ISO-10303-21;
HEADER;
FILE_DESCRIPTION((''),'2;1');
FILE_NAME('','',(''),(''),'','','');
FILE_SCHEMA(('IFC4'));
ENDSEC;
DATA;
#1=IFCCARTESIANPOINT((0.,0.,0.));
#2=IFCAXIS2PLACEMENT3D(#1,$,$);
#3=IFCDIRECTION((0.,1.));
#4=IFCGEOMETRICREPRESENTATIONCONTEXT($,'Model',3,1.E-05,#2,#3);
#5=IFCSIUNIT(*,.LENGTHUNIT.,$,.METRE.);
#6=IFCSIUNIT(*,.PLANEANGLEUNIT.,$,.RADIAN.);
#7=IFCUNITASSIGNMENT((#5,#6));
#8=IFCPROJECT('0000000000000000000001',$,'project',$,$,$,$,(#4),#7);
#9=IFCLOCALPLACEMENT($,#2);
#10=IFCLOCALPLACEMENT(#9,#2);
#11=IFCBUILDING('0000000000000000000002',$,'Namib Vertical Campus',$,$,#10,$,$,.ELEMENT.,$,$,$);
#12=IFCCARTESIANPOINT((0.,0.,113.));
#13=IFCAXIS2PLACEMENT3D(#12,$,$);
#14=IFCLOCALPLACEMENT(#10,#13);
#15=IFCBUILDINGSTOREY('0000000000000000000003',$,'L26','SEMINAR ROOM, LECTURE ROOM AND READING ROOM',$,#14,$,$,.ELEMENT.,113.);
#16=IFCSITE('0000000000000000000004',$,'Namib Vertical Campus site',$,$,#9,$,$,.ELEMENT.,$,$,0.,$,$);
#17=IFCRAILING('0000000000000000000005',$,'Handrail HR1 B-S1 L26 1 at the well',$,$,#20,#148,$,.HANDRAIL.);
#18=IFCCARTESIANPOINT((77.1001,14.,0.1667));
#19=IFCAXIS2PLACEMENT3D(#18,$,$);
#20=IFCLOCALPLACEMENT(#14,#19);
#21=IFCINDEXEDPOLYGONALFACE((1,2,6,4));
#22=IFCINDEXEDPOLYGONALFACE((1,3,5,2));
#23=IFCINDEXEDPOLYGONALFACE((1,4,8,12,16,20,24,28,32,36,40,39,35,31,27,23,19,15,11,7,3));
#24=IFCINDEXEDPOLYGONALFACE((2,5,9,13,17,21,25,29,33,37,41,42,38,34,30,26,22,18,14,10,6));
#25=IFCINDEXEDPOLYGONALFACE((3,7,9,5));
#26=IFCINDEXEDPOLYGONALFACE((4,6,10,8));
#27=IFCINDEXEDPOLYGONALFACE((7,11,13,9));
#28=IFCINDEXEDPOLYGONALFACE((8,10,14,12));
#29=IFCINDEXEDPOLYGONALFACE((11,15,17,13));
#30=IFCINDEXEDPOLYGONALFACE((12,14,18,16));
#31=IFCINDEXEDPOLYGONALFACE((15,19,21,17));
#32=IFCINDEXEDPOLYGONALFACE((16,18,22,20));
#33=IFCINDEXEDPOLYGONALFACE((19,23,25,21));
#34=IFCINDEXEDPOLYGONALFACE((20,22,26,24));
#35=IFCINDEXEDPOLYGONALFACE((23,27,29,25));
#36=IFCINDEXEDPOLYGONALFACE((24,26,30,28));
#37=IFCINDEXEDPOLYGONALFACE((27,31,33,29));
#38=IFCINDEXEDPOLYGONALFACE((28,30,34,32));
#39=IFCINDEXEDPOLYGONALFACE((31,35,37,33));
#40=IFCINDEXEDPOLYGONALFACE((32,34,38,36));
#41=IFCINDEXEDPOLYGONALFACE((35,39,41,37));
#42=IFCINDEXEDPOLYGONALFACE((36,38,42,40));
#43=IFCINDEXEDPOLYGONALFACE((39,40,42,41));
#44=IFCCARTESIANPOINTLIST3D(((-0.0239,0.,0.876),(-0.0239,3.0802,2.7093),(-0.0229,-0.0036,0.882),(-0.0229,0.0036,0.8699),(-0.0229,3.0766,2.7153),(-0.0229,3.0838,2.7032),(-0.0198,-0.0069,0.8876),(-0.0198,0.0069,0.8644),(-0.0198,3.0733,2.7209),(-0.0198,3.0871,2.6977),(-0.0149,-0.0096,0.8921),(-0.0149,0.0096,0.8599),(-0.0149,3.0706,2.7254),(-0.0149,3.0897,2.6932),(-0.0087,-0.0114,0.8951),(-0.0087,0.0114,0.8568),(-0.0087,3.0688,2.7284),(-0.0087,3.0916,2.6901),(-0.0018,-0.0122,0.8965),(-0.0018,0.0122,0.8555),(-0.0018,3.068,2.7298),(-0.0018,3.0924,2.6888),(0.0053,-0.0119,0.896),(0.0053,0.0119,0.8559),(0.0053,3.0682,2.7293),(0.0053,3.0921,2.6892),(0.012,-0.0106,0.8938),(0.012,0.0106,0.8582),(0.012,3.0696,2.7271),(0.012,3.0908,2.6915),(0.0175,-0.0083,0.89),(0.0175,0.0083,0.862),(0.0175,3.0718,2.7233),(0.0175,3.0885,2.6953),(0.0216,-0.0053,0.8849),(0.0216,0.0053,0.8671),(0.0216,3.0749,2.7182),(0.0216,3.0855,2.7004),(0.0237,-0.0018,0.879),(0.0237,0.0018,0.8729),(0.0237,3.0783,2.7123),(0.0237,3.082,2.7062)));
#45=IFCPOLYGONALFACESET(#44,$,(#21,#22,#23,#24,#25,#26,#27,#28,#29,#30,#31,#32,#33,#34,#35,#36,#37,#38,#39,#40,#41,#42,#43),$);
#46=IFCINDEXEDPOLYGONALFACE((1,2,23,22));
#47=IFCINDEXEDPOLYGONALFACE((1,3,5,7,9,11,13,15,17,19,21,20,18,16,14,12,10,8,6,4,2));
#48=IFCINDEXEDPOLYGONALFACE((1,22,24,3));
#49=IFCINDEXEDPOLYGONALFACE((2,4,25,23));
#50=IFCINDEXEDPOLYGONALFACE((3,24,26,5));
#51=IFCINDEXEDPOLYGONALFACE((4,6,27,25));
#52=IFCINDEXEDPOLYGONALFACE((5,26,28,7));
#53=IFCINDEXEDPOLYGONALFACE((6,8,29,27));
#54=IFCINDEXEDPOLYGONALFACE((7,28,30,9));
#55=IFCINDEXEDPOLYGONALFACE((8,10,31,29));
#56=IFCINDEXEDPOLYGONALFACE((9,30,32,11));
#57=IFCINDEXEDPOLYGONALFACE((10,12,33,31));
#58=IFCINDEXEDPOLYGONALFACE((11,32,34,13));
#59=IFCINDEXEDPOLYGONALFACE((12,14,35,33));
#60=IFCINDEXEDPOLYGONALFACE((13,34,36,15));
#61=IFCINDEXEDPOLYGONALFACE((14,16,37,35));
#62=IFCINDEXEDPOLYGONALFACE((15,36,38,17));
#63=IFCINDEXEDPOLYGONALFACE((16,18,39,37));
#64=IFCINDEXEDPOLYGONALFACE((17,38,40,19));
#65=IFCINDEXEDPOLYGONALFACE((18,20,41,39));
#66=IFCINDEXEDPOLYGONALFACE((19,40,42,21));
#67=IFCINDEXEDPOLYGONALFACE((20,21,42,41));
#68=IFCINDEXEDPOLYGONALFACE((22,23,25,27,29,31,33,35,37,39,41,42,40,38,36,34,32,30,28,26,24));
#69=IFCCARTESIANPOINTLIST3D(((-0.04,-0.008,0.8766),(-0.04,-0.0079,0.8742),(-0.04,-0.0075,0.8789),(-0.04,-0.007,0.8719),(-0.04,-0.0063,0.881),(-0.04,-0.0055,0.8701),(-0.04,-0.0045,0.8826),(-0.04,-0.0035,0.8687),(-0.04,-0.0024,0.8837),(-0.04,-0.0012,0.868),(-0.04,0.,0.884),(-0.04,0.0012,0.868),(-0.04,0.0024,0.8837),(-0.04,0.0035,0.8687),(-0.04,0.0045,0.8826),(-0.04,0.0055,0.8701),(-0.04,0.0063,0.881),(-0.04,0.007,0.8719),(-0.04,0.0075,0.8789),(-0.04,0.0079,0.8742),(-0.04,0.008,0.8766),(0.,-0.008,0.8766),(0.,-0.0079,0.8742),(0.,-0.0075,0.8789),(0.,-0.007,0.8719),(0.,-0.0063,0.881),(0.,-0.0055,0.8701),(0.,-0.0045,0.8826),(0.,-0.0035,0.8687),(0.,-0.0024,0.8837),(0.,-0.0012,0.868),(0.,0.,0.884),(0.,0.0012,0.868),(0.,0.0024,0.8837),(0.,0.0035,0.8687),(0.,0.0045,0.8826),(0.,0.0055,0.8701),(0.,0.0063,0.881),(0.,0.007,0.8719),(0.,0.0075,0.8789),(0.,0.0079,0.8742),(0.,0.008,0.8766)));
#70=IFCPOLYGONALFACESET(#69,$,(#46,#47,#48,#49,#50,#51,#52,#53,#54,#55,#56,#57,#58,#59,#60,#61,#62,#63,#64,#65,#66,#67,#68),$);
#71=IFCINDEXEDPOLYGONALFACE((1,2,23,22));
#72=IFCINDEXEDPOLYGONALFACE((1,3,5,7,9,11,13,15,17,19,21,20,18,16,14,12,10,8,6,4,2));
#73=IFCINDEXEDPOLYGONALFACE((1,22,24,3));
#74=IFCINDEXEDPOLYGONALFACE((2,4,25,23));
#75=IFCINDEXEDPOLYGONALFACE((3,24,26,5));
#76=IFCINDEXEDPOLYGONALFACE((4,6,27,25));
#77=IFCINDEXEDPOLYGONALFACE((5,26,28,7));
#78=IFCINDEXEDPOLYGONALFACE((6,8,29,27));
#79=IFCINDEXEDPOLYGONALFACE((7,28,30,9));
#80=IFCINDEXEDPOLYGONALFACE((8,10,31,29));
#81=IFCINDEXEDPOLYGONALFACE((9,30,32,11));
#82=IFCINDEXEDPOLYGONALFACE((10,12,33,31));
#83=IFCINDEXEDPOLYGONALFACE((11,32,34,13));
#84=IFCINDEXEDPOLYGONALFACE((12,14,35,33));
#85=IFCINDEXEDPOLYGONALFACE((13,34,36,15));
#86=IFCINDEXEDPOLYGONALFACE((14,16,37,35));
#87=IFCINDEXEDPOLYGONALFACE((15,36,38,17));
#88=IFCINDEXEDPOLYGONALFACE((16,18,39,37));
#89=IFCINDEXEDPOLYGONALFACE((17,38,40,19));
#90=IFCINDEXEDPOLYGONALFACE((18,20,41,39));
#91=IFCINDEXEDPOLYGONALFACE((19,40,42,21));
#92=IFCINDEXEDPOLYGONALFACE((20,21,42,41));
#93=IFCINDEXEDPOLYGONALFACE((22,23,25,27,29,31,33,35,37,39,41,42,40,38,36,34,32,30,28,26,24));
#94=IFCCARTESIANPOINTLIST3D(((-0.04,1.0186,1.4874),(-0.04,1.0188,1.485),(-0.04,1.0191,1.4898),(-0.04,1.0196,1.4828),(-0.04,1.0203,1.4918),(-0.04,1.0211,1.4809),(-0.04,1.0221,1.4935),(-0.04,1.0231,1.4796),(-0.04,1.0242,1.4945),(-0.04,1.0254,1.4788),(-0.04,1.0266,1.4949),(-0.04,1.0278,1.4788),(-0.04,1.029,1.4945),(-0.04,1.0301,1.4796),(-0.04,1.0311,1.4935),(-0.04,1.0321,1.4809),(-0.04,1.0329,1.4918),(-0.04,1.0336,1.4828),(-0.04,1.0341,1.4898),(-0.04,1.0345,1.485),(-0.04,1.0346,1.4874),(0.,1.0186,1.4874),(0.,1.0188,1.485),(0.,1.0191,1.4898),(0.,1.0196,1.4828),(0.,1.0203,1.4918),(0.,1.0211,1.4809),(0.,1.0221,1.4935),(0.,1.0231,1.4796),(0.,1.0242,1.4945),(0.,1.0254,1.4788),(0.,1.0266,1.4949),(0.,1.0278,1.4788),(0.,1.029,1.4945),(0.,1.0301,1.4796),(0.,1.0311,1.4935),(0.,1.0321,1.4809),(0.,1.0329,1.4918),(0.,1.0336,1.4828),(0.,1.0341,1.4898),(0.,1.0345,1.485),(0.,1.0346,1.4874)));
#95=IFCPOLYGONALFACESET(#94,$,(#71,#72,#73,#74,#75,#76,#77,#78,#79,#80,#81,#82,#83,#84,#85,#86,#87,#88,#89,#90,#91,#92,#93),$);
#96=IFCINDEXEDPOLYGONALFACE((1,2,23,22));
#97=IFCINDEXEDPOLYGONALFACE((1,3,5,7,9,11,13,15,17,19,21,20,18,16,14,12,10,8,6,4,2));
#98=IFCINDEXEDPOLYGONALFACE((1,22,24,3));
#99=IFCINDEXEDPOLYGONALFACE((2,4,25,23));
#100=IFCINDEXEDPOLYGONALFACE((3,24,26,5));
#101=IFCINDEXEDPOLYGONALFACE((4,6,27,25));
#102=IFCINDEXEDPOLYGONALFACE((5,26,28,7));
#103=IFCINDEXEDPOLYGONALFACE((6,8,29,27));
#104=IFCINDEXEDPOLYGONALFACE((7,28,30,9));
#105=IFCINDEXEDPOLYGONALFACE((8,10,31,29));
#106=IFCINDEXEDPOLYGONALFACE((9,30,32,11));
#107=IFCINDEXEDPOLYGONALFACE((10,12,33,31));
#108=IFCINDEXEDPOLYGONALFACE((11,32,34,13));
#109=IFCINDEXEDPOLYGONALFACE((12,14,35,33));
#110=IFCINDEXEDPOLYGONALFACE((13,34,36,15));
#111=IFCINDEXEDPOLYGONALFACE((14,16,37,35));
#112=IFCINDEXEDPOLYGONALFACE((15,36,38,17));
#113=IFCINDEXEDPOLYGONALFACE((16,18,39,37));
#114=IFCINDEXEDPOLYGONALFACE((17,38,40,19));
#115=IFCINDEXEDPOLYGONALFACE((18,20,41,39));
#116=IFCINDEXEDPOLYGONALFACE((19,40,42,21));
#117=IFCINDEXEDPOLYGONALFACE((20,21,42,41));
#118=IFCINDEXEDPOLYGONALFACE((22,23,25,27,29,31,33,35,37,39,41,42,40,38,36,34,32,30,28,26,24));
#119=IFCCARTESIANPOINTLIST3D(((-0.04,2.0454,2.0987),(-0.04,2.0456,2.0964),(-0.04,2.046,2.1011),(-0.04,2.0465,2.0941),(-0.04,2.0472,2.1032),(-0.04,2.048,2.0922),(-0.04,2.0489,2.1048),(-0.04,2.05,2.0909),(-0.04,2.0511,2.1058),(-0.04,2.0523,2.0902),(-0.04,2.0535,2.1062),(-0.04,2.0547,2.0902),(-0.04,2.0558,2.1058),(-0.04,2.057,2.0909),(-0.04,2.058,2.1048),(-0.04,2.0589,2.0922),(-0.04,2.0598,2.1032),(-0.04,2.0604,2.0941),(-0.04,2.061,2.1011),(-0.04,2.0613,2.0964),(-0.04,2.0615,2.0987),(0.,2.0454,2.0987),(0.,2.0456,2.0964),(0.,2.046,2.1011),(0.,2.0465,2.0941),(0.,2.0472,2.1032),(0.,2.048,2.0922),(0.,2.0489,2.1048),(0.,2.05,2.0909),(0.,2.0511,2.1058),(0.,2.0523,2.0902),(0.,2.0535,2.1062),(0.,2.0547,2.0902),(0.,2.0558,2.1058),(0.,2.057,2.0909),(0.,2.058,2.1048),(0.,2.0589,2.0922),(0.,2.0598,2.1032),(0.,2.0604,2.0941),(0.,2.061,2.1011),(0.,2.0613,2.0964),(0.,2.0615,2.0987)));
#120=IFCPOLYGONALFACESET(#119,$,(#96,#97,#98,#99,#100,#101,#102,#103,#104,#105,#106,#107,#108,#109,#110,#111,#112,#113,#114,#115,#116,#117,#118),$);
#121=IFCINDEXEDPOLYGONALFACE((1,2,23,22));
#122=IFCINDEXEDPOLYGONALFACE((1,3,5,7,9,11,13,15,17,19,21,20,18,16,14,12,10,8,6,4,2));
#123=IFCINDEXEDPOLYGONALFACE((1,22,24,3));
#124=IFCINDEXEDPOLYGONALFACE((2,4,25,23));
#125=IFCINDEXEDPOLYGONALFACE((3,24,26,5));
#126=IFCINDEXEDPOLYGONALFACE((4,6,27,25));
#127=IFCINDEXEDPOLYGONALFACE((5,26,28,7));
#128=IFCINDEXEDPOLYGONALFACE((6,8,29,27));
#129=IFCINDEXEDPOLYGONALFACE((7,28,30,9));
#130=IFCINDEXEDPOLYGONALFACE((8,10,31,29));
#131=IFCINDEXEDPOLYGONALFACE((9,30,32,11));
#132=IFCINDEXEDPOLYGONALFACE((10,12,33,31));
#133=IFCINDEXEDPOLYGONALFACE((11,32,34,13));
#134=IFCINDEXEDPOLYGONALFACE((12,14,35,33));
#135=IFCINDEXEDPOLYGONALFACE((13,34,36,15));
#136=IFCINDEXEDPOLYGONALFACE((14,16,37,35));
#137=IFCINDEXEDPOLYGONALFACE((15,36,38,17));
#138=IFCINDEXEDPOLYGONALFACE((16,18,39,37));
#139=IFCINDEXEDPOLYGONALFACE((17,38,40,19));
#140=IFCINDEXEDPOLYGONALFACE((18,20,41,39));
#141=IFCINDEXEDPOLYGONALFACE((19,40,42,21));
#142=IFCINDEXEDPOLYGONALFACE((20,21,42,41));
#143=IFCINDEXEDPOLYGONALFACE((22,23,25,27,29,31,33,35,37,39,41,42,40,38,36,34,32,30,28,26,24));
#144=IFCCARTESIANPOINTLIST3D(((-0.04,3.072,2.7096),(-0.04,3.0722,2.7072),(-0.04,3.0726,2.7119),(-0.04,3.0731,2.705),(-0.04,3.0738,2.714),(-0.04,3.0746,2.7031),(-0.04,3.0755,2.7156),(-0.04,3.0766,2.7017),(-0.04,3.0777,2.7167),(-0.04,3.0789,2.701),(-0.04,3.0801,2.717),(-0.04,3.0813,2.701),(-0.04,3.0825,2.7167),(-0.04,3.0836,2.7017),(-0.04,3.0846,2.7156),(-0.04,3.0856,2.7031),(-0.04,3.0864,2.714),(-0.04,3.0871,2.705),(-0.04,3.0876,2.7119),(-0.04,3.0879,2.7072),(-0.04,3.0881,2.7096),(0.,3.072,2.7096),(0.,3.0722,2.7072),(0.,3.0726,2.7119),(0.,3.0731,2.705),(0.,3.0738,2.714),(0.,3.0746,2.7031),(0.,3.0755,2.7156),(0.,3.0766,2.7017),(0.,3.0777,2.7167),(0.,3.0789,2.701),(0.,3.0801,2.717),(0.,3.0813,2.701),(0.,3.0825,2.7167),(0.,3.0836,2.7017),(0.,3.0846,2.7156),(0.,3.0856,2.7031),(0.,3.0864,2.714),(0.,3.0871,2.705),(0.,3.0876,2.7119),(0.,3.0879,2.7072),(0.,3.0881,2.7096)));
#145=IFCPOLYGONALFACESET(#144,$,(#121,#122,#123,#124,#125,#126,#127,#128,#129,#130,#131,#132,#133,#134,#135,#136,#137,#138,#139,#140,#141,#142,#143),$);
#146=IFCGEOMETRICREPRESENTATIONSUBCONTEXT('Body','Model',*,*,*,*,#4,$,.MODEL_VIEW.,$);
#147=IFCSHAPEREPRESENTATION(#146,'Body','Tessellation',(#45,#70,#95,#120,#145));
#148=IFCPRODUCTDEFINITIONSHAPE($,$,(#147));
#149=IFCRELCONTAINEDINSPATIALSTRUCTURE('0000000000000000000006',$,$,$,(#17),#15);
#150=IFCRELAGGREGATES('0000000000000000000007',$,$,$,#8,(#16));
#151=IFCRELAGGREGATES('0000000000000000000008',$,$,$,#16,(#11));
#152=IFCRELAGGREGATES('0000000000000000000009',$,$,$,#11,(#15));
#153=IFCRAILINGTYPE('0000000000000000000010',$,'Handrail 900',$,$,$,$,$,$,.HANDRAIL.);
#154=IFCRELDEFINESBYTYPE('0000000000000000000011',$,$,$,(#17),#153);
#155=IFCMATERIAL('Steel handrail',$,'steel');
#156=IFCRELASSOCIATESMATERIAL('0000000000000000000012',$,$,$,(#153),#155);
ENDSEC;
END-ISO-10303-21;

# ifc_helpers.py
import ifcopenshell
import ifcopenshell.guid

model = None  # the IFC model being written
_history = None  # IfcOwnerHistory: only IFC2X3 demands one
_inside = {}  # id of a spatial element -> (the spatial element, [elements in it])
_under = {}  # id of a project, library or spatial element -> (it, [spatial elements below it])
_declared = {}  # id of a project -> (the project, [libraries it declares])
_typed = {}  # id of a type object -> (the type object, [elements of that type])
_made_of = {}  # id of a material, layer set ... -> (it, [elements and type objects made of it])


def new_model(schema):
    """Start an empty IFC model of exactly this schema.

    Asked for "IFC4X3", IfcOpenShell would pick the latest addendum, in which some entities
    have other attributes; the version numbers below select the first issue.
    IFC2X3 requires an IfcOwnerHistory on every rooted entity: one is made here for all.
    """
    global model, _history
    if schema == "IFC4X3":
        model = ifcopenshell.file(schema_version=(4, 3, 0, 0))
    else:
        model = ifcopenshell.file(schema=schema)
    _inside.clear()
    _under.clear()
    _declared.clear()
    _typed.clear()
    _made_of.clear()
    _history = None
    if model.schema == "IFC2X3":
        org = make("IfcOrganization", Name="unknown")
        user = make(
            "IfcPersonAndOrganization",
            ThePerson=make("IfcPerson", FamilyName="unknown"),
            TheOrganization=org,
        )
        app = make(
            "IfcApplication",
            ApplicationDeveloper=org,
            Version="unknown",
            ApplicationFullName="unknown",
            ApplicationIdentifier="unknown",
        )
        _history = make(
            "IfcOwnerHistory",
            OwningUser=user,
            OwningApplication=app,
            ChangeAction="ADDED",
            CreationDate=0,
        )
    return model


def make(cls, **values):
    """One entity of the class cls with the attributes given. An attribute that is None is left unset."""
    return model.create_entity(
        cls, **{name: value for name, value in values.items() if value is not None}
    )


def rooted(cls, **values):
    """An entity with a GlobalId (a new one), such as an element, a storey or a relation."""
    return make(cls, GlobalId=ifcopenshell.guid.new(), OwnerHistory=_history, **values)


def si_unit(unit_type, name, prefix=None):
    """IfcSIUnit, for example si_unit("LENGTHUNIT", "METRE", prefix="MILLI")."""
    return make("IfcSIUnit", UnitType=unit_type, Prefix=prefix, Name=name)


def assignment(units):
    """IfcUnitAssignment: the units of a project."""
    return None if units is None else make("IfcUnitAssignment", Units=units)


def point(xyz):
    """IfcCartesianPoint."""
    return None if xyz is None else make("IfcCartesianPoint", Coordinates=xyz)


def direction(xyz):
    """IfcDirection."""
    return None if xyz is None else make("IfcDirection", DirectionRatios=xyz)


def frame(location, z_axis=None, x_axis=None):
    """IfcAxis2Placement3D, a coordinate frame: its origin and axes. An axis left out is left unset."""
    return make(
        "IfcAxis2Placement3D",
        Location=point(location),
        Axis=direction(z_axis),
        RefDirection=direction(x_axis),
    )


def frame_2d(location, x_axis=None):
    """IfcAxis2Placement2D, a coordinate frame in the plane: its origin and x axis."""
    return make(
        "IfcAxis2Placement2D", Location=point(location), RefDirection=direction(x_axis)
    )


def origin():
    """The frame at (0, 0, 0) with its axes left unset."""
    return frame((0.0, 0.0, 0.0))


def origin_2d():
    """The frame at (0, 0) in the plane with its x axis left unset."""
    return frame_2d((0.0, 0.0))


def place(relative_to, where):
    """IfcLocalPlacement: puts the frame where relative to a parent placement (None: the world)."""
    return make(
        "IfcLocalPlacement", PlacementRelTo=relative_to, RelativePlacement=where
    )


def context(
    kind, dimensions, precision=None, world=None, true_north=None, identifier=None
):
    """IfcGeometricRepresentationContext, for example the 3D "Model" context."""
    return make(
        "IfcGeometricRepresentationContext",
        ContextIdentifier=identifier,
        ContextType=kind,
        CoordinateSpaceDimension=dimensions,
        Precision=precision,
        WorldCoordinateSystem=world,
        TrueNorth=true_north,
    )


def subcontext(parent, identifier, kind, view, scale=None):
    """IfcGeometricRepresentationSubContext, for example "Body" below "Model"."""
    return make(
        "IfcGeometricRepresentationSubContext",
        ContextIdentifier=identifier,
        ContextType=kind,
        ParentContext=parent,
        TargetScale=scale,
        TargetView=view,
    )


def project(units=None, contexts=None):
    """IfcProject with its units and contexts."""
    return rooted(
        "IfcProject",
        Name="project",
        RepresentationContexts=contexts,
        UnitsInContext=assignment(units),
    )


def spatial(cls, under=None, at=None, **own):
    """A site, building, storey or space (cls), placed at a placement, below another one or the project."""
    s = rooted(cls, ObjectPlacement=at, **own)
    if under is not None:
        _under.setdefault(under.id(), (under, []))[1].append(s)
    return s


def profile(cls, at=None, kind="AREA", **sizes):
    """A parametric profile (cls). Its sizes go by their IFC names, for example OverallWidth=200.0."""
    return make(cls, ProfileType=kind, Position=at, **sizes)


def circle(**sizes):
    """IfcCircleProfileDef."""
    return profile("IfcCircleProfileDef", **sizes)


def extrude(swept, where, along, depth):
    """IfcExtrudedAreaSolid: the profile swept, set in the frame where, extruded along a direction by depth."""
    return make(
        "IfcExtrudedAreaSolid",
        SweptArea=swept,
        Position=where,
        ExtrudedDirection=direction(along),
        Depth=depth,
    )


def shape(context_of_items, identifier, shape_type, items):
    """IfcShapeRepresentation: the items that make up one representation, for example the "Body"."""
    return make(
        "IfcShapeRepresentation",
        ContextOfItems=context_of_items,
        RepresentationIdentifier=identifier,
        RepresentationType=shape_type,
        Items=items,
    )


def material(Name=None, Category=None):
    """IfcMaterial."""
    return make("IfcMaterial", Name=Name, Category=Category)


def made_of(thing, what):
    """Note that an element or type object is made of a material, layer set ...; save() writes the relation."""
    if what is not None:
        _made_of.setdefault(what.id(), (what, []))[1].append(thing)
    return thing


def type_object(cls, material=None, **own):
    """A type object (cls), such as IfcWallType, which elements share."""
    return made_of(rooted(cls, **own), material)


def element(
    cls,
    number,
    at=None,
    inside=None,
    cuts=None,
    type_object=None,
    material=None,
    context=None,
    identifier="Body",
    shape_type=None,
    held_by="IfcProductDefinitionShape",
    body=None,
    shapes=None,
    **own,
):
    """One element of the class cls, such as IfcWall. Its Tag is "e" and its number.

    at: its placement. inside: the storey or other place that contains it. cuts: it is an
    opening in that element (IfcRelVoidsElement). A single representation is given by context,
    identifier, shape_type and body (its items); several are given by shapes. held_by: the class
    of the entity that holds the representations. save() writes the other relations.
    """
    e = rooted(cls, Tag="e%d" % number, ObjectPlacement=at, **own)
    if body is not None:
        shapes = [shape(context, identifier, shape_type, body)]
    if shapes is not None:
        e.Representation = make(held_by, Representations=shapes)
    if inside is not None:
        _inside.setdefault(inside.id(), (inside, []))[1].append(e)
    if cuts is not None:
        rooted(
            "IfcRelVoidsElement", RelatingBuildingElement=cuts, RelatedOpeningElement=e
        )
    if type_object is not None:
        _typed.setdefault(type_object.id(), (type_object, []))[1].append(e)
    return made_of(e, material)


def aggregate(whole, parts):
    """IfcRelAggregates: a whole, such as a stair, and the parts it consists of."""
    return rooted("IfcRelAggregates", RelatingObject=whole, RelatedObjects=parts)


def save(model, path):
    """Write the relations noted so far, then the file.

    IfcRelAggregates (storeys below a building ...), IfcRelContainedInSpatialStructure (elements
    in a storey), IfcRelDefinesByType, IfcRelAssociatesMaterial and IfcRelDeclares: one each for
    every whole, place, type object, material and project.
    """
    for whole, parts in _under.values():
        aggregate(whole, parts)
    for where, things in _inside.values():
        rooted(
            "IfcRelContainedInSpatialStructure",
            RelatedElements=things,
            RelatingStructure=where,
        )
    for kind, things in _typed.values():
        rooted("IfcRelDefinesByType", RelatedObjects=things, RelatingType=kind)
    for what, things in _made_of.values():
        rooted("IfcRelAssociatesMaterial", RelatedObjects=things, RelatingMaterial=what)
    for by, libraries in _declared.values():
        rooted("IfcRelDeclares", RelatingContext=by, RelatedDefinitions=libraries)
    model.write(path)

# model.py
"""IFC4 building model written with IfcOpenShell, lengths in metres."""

from ifc_helpers import new_model, si_unit, direction, frame, origin, origin_2d, place, context, subcontext, project, spatial, circle, extrude, material, type_object, element, save


model = new_model("IFC4")

# Units and contexts
model_context = context("Model", 3, precision=1e-05, world=origin(), true_north=direction((0.0, 1.0)))
body_context = subcontext(model_context, "Body", "Model", "MODEL_VIEW")
ifc_project = project(units=[si_unit("LENGTHUNIT", "METRE"), si_unit("PLANEANGLEUNIT", "RADIAN")], contexts=[model_context])

# Site, building, storey
site_placement = place(None, origin())
site = spatial("IfcSite", under=ifc_project, at=site_placement, Name="Namib Vertical Campus site", CompositionType="ELEMENT", RefElevation=0.0)
building_placement = place(site_placement, origin())
building = spatial("IfcBuilding", under=site, at=building_placement, Name="Namib Vertical Campus", CompositionType="ELEMENT")
storey_placement = place(building_placement, frame((0.0, 0.0, 113.0)))
storey = spatial("IfcBuildingStorey", under=building, at=storey_placement, Name="L26", Description="SEMINAR ROOM, LECTURE ROOM AND READING ROOM", CompositionType="ELEMENT", Elevation=113.0)

# Railing
ifc_material_1 = material(Name="Steel handrail", Category="steel")
railing_type_1 = type_object("IfcRailingType", Name="Handrail 900", PredefinedType="HANDRAIL", material=ifc_material_1)
railing_1_placement = place(storey_placement, frame((77.1001, 14.0, 0.1667)))
element("IfcRailing", 1, at=railing_1_placement, inside=storey, type_object=railing_type_1, Name="Handrail HR1 B-S1 L26 1 at the well", PredefinedType="HANDRAIL", context=body_context, shape_type="SweptSolid", body=[
    extrude(circle(Radius=0.0239, at=origin_2d()), frame((0.0, 0.0, 0.876), z_axis=(0.0, 0.859309, 0.511458), x_axis=(-1.0, 0.0, 0.0)), (0.0, 0.0, 1.0), 3.5845),
    extrude(circle(Radius=0.0081, at=origin_2d()), frame((0.0, 0.0, 0.876), z_axis=(-1.0, 0.0, 0.0), x_axis=(0.0, 0.0, 1.0)), (0.0, 0.0, 1.0), 0.04),
    extrude(circle(Radius=0.0081, at=origin_2d()), frame((0.0, 1.0266, 1.4868), z_axis=(-1.0, 0.0, 0.0), x_axis=(0.0, 0.0, 1.0)), (0.0, 0.0, 1.0), 0.04),
    extrude(circle(Radius=0.0081, at=origin_2d()), frame((0.0, 2.0535, 2.0981), z_axis=(-1.0, 0.0, 0.0), x_axis=(0.0, 0.0, 1.0)), (0.0, 0.0, 1.0), 0.04),
    extrude(circle(Radius=0.0081, at=origin_2d()), frame((0.0, 3.0801, 2.709), z_axis=(-1.0, 0.0, 0.0), x_axis=(0.0, 0.0, 1.0)), (0.0, 0.0, 1.0), 0.04),
])

save(model, "model.ifc")
